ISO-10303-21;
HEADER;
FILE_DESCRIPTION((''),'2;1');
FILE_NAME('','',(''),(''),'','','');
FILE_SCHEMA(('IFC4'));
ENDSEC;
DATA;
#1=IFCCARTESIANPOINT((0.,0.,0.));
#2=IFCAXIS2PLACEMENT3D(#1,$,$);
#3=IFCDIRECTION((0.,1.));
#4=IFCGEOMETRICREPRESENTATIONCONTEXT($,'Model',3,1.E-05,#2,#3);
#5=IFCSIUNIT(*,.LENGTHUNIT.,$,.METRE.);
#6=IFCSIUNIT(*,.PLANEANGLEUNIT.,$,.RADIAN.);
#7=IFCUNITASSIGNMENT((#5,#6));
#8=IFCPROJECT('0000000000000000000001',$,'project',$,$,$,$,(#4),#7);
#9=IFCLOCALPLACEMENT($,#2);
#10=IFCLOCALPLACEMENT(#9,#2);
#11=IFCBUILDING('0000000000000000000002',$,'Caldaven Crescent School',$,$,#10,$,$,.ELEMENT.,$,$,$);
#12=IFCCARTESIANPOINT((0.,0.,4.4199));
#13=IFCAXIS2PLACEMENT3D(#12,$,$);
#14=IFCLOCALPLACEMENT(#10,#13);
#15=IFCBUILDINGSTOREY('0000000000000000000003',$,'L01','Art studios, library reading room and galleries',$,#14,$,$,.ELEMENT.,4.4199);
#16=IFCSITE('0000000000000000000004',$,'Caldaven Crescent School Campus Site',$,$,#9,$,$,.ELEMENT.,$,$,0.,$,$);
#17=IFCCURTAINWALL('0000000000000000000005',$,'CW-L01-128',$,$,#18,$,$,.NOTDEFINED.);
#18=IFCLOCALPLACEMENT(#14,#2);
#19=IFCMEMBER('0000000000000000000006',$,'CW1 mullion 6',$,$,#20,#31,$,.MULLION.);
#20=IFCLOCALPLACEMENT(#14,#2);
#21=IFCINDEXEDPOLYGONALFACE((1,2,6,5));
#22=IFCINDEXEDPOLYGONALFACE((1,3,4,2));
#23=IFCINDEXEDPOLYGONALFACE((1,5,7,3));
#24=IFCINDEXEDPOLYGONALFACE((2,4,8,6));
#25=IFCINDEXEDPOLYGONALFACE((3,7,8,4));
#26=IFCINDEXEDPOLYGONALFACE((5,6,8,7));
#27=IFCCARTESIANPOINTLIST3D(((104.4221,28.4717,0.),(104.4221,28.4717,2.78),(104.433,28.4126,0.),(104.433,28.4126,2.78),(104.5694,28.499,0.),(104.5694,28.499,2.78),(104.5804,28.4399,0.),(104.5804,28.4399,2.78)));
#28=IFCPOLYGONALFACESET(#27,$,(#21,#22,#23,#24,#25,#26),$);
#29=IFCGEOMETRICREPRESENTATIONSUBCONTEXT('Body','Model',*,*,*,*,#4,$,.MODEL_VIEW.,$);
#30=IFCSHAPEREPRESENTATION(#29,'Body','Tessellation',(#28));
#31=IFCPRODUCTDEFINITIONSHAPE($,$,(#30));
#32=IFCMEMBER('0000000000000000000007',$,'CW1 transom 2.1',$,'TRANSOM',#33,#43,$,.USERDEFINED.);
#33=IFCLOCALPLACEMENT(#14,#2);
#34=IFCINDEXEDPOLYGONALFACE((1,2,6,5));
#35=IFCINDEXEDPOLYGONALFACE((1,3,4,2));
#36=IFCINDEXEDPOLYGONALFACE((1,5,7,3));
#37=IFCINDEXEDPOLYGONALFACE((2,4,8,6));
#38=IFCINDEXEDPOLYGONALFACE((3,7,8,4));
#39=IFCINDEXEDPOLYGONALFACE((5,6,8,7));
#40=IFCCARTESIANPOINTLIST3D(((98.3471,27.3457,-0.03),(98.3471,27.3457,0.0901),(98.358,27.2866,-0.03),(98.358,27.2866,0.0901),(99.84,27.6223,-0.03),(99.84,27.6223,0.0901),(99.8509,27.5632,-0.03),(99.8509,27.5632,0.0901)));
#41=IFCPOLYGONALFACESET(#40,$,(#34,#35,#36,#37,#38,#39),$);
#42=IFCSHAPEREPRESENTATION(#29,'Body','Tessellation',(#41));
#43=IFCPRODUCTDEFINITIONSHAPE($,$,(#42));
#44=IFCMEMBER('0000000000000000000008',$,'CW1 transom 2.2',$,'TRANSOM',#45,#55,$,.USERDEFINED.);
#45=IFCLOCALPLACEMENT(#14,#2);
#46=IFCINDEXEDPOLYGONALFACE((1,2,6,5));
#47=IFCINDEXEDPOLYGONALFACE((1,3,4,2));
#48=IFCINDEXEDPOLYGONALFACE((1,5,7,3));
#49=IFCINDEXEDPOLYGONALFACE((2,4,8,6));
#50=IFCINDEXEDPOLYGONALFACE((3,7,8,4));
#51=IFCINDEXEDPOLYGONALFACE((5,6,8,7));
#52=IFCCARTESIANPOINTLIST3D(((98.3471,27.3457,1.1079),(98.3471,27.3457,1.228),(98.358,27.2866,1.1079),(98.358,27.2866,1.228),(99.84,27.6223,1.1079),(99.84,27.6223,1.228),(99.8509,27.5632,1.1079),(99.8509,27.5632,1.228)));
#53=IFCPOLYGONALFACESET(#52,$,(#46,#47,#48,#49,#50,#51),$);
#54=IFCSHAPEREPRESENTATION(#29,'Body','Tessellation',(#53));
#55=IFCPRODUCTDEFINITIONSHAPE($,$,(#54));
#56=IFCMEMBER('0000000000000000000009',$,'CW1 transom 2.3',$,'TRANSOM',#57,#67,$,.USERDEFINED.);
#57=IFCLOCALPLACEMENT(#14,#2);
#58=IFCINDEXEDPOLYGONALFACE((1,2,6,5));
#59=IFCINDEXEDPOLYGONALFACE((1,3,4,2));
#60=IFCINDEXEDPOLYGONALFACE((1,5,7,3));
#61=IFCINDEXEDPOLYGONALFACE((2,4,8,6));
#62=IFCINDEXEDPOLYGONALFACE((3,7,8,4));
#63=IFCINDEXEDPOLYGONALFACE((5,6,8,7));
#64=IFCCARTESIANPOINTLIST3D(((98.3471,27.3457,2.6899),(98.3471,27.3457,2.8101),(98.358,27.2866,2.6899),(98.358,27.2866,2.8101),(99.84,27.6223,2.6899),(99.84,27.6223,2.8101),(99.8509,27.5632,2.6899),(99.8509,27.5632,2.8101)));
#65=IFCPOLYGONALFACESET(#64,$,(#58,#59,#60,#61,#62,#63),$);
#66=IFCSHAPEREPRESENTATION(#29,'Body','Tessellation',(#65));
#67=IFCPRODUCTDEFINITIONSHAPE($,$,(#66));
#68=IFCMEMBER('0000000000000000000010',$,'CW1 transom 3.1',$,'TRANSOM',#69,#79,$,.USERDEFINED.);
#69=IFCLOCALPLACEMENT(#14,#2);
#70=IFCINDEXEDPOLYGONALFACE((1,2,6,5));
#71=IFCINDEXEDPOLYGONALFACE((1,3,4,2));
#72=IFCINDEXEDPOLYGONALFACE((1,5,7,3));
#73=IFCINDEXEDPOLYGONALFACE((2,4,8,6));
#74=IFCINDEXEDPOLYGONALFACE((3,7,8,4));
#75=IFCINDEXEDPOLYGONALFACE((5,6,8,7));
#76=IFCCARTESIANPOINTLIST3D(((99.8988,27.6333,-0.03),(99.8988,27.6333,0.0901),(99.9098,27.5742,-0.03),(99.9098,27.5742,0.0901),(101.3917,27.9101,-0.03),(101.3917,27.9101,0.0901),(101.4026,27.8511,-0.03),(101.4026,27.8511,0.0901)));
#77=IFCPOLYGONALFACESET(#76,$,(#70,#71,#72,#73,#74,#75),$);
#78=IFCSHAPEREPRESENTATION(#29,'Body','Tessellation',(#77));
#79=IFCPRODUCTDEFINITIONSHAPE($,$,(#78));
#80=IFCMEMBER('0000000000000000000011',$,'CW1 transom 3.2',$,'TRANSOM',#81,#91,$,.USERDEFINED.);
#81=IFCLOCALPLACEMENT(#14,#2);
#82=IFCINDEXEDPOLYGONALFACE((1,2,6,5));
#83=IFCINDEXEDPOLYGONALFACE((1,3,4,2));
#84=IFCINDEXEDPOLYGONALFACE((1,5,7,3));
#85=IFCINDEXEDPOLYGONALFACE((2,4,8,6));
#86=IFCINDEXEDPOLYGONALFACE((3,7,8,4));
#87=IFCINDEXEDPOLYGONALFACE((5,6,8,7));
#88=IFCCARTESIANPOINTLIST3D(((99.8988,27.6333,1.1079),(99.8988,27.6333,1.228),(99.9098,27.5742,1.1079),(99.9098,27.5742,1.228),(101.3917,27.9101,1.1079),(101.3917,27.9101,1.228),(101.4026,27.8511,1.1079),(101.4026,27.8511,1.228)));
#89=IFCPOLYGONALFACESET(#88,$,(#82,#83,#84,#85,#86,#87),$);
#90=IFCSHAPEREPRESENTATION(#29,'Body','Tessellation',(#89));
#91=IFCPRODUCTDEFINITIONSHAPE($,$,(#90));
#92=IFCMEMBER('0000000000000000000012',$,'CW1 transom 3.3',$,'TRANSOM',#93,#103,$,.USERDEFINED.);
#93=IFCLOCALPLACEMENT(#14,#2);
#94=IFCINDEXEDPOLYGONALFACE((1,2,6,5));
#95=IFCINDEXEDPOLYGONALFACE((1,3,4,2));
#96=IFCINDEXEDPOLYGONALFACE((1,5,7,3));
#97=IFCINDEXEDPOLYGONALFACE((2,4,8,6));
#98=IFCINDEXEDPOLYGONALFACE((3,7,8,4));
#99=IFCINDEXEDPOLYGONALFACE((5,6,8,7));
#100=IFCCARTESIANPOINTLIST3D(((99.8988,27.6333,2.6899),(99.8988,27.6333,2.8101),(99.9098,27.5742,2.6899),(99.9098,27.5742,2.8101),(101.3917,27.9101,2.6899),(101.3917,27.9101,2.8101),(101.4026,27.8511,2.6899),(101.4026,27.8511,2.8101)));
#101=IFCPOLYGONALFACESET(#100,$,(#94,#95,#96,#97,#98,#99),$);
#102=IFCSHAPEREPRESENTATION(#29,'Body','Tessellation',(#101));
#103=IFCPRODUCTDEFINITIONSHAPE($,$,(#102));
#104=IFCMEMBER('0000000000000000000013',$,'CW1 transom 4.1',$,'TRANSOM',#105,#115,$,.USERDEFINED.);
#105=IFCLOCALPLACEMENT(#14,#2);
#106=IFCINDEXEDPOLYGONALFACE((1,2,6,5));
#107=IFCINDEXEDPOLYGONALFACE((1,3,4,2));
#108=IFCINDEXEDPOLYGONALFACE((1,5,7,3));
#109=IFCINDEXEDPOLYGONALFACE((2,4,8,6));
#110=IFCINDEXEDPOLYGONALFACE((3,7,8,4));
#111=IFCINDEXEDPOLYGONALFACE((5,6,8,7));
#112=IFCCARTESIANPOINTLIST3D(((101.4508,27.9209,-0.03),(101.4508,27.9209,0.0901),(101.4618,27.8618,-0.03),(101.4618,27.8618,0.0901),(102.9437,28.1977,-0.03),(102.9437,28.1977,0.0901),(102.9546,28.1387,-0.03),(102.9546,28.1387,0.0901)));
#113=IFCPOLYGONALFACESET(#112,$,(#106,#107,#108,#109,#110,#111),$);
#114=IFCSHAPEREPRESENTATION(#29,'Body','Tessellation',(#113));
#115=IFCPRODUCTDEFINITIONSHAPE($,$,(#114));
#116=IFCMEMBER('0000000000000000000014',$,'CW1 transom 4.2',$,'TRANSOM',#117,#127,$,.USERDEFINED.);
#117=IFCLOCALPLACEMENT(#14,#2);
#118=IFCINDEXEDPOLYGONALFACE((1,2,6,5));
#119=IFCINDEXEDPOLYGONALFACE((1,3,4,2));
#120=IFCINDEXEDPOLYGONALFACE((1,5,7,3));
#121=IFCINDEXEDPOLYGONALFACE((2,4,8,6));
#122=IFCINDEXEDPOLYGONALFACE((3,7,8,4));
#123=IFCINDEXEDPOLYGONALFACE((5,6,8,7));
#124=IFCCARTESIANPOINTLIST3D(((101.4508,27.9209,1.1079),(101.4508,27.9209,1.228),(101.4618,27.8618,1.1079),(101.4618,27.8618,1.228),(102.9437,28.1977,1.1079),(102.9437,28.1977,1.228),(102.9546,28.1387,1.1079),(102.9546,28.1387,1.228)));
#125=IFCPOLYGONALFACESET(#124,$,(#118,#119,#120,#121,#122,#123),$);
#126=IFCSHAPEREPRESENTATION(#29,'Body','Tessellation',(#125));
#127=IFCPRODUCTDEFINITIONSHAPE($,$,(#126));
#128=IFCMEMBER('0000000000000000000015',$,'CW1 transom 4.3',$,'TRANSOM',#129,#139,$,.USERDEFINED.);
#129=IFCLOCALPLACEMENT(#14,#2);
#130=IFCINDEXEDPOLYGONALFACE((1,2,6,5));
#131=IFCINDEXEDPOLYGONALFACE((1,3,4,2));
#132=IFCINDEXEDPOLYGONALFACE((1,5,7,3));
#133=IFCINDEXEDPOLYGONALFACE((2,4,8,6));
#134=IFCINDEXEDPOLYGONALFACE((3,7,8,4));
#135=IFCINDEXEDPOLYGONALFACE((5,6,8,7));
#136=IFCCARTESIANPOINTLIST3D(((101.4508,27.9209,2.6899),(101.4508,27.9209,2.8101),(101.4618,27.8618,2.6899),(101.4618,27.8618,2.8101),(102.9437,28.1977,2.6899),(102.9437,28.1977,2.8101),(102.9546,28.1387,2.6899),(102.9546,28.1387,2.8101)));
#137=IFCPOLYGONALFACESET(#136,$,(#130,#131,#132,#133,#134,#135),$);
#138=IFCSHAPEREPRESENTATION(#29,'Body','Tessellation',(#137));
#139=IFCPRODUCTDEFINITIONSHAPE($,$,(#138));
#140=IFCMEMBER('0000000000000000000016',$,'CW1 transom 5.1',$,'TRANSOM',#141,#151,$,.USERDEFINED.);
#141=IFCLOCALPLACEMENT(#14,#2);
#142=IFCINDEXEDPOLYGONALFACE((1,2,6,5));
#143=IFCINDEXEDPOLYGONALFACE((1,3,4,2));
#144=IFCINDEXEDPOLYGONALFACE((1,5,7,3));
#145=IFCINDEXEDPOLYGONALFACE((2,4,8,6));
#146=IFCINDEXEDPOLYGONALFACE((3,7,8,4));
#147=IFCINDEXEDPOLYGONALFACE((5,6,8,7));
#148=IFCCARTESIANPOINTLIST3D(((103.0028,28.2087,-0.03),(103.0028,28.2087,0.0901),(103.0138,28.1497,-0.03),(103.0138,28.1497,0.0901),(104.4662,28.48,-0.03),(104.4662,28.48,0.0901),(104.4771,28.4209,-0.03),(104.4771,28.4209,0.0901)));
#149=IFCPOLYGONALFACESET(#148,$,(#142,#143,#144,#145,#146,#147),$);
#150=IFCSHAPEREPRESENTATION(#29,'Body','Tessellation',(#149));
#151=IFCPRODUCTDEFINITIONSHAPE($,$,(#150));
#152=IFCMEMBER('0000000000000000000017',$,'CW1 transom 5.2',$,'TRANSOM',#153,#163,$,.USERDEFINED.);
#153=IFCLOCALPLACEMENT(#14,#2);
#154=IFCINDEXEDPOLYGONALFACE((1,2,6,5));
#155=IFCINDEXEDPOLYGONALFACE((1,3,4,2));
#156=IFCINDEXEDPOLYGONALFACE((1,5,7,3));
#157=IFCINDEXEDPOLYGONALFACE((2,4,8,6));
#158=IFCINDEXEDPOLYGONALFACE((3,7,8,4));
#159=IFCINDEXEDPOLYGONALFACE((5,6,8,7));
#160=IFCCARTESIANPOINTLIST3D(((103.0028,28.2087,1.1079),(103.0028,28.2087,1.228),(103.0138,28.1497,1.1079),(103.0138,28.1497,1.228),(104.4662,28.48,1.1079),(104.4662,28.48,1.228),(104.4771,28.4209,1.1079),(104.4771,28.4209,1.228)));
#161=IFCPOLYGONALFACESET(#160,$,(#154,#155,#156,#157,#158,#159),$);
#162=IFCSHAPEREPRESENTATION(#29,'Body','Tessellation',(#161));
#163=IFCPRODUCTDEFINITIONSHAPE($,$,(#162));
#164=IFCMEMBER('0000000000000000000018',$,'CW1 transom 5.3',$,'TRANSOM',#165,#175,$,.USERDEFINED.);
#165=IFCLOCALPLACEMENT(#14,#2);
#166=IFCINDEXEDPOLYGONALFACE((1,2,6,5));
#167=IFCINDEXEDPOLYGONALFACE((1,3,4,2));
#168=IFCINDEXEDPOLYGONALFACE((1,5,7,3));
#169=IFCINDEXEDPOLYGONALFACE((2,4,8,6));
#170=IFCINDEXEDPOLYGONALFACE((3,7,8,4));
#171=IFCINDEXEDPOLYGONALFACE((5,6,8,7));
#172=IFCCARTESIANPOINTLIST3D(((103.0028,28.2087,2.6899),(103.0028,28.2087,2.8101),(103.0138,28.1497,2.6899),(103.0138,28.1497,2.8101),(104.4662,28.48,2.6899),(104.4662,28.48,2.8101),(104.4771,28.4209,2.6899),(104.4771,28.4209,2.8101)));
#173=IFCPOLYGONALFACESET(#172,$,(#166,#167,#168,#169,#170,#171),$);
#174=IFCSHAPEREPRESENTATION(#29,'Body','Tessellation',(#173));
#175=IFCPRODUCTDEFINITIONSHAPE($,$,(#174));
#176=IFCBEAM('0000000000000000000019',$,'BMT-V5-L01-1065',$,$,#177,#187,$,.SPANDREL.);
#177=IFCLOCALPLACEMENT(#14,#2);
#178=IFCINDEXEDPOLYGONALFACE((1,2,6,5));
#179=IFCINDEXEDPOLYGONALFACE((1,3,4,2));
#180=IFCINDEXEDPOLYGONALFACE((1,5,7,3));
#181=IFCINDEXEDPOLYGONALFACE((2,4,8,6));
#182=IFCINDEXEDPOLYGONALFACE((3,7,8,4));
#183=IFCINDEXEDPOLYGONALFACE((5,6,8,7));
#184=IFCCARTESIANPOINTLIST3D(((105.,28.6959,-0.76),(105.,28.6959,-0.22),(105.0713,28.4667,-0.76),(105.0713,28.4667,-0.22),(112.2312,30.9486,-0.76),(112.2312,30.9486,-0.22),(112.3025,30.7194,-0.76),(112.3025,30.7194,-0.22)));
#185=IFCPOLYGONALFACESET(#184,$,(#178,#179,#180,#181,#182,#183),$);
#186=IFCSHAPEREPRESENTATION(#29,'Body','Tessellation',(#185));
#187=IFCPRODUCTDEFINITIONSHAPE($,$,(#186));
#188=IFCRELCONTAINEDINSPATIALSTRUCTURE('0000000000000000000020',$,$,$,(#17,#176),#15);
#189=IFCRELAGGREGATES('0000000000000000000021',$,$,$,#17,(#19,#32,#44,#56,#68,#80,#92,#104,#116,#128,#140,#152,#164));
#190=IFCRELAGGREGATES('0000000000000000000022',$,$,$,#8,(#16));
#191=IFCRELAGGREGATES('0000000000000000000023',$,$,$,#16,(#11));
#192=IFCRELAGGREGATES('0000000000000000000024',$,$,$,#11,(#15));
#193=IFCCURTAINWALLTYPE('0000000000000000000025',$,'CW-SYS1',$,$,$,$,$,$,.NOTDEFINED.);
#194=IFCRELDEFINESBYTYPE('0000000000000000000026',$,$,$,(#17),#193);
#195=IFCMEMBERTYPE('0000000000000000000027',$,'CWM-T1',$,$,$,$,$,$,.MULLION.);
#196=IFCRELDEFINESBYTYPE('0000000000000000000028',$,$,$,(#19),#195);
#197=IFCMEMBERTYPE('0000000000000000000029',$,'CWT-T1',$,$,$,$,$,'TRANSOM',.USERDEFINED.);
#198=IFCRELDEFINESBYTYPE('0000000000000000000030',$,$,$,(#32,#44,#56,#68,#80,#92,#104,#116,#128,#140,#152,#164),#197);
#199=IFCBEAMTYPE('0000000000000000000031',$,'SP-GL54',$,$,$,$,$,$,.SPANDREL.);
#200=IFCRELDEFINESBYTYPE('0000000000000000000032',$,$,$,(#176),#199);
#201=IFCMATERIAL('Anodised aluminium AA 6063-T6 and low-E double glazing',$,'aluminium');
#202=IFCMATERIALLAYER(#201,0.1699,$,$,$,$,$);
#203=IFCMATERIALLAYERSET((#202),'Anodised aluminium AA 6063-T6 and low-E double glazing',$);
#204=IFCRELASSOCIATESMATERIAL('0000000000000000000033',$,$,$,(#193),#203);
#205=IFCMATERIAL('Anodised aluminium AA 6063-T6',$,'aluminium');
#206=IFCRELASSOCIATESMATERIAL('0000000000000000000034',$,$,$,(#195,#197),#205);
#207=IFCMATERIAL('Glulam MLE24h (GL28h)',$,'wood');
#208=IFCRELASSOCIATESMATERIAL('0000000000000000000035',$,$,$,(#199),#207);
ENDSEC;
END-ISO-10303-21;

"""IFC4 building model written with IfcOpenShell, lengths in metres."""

from ifc_helpers import new_model, si_unit, direction, frame, origin, origin_2d, place, context, subcontext, project, spatial, rectangle, extrude, material, layer, layer_set, material_profile, profile_set, type_object, element, aggregate, save


model = new_model("IFC4")

# Units and contexts
model_context = context("Model", 3, precision=1e-05, world=origin(), true_north=direction((0.0, 1.0)))
body_context = subcontext(model_context, "Body", "Model", "MODEL_VIEW")
ifc_project = project(units=[si_unit("LENGTHUNIT", "METRE"), si_unit("PLANEANGLEUNIT", "RADIAN")], contexts=[model_context])

# Site, building, storey
site_placement = place(None, origin())
site = spatial("IfcSite", under=ifc_project, at=site_placement, Name="Caldaven Crescent School Campus Site", CompositionType="ELEMENT", RefElevation=0.0)
building_placement = place(site_placement, origin())
building = spatial("IfcBuilding", under=site, at=building_placement, Name="Caldaven Crescent School", CompositionType="ELEMENT")
storey_placement = place(building_placement, frame((0.0, 0.0, 4.4199)))
storey = spatial("IfcBuildingStorey", under=building, at=storey_placement, Name="L01", Description="Art studios, library reading room and galleries", CompositionType="ELEMENT", Elevation=4.4199)

# Shared definitions
ifc_material_1 = material(Name="Glulam MLE24h (GL28h)", Category="wood")

# Curtain wall, members
ifc_material_2 = material(Name="Anodised aluminium AA 6063-T6 and low-E double glazing", Category="aluminium")
ifc_layer_1 = layer(ifc_material_2, 0.1699)
ifc_layer_set_1 = layer_set([ifc_layer_1], Name="Anodised aluminium AA 6063-T6 and low-E double glazing")
curtain_wall_type = type_object("IfcCurtainWallType", Name="CW-SYS1", PredefinedType="NOTDEFINED", material=ifc_layer_set_1)
curtain_wall_placement = place(storey_placement, origin())
curtain_wall = element("IfcCurtainWall", 1, at=curtain_wall_placement, inside=storey, type_object=curtain_wall_type, Name="CW-L01-128", PredefinedType="NOTDEFINED")
ifc_material_3 = material(Name="Anodised aluminium AA 6063-T6", Category="aluminium")
ifc_material_profile_1 = material_profile(ifc_material_3, rectangle(XDim=0.0601, YDim=0.1499, at=origin_2d()), Name="CWM 60x150")
ifc_profile_set_1 = profile_set([ifc_material_profile_1], Name="Anodised aluminium AA 6063-T6")
member_type_1 = type_object("IfcMemberType", Name="CWM-T1", PredefinedType="MULLION", material=ifc_profile_set_1)
member_1_placement = place(storey_placement, frame((104.5012, 28.4558, 0.0), z_axis=(0.0, 0.0, 1.0), x_axis=(-0.182235, 0.983255, 0.0)))
member_1 = element("IfcMember", 2, at=member_1_placement, type_object=member_type_1, Name="CW1 mullion 6", PredefinedType="MULLION", context=body_context, shape_type="SweptSolid", body=[
    extrude(rectangle(XDim=0.0601, YDim=0.1499, at=origin_2d()), origin(), (0.0, 0.0, 1.0), 2.78),
])
ifc_material_profile_2 = material_profile(ifc_material_3, rectangle(XDim=0.0601, YDim=0.1201, at=origin_2d()), Name="CWT 60x120")
ifc_profile_set_2 = profile_set([ifc_material_profile_2], Name="Anodised aluminium AA 6063-T6")
member_type_2 = type_object("IfcMemberType", Name="CWT-T1", ElementType="TRANSOM", PredefinedType="USERDEFINED", material=ifc_profile_set_2)
member_2_placement = place(storey_placement, frame((98.3525, 27.3162, 0.03), z_axis=(0.983265, 0.182181, 0.0), x_axis=(-0.182181, 0.983265, 0.0)))
member_2 = element("IfcMember", 3, at=member_2_placement, type_object=member_type_2, Name="CW1 transom 2.1", ObjectType="TRANSOM", PredefinedType="USERDEFINED", context=body_context, shape_type="SweptSolid", body=[
    extrude(rectangle(XDim=0.0601, YDim=0.1201, at=origin_2d()), origin(), (0.0, 0.0, 1.0), 1.5183),
])
member_3_placement = place(storey_placement, frame((98.3525, 27.3162, 1.168), z_axis=(0.983265, 0.182181, 0.0), x_axis=(-0.182181, 0.983265, 0.0)))
member_3 = element("IfcMember", 4, at=member_3_placement, type_object=member_type_2, Name="CW1 transom 2.2", ObjectType="TRANSOM", PredefinedType="USERDEFINED", context=body_context, shape_type="SweptSolid", body=[
    extrude(rectangle(XDim=0.0601, YDim=0.1201, at=origin_2d()), origin(), (0.0, 0.0, 1.0), 1.5183),
])
member_4_placement = place(storey_placement, frame((98.3525, 27.3162, 2.75), z_axis=(0.983265, 0.182181, 0.0), x_axis=(-0.182181, 0.983265, 0.0)))
member_4 = element("IfcMember", 5, at=member_4_placement, type_object=member_type_2, Name="CW1 transom 2.3", ObjectType="TRANSOM", PredefinedType="USERDEFINED", context=body_context, shape_type="SweptSolid", body=[
    extrude(rectangle(XDim=0.0601, YDim=0.1201, at=origin_2d()), origin(), (0.0, 0.0, 1.0), 1.5183),
])
member_5_placement = place(storey_placement, frame((99.9043, 27.6038, 0.03), z_axis=(0.983236, 0.182337, 0.0), x_axis=(-0.182337, 0.983236, 0.0)))
member_5 = element("IfcMember", 6, at=member_5_placement, type_object=member_type_2, Name="CW1 transom 3.1", ObjectType="TRANSOM", PredefinedType="USERDEFINED", context=body_context, shape_type="SweptSolid", body=[
    extrude(rectangle(XDim=0.0601, YDim=0.1201, at=origin_2d()), origin(), (0.0, 0.0, 1.0), 1.5183),
])
member_6_placement = place(storey_placement, frame((99.9043, 27.6038, 1.168), z_axis=(0.983236, 0.182337, 0.0), x_axis=(-0.182337, 0.983236, 0.0)))
member_6 = element("IfcMember", 7, at=member_6_placement, type_object=member_type_2, Name="CW1 transom 3.2", ObjectType="TRANSOM", PredefinedType="USERDEFINED", context=body_context, shape_type="SweptSolid", body=[
    extrude(rectangle(XDim=0.0601, YDim=0.1201, at=origin_2d()), origin(), (0.0, 0.0, 1.0), 1.5183),
])
member_7_placement = place(storey_placement, frame((99.9043, 27.6038, 2.75), z_axis=(0.983236, 0.182337, 0.0), x_axis=(-0.182337, 0.983236, 0.0)))
member_7 = element("IfcMember", 8, at=member_7_placement, type_object=member_type_2, Name="CW1 transom 3.3", ObjectType="TRANSOM", PredefinedType="USERDEFINED", context=body_context, shape_type="SweptSolid", body=[
    extrude(rectangle(XDim=0.0601, YDim=0.1201, at=origin_2d()), origin(), (0.0, 0.0, 1.0), 1.5183),
])
member_8_placement = place(storey_placement, frame((101.4563, 27.8914, 0.03), z_axis=(0.983236, 0.182337, 0.0), x_axis=(-0.182337, 0.983236, 0.0)))
member_8 = element("IfcMember", 9, at=member_8_placement, type_object=member_type_2, Name="CW1 transom 4.1", ObjectType="TRANSOM", PredefinedType="USERDEFINED", context=body_context, shape_type="SweptSolid", body=[
    extrude(rectangle(XDim=0.0601, YDim=0.1201, at=origin_2d()), origin(), (0.0, 0.0, 1.0), 1.5183),
])
member_9_placement = place(storey_placement, frame((101.4563, 27.8914, 1.168), z_axis=(0.983236, 0.182337, 0.0), x_axis=(-0.182337, 0.983236, 0.0)))
member_9 = element("IfcMember", 10, at=member_9_placement, type_object=member_type_2, Name="CW1 transom 4.2", ObjectType="TRANSOM", PredefinedType="USERDEFINED", context=body_context, shape_type="SweptSolid", body=[
    extrude(rectangle(XDim=0.0601, YDim=0.1201, at=origin_2d()), origin(), (0.0, 0.0, 1.0), 1.5183),
])
member_10_placement = place(storey_placement, frame((101.4563, 27.8914, 2.75), z_axis=(0.983236, 0.182337, 0.0), x_axis=(-0.182337, 0.983236, 0.0)))
member_10 = element("IfcMember", 11, at=member_10_placement, type_object=member_type_2, Name="CW1 transom 4.3", ObjectType="TRANSOM", PredefinedType="USERDEFINED", context=body_context, shape_type="SweptSolid", body=[
    extrude(rectangle(XDim=0.0601, YDim=0.1201, at=origin_2d()), origin(), (0.0, 0.0, 1.0), 1.5183),
])
member_11_placement = place(storey_placement, frame((103.0083, 28.1792, 0.03), z_axis=(0.983253, 0.182248, 0.0), x_axis=(-0.182248, 0.983253, 0.0)))
member_11 = element("IfcMember", 12, at=member_11_placement, type_object=member_type_2, Name="CW1 transom 5.1", ObjectType="TRANSOM", PredefinedType="USERDEFINED", context=body_context, shape_type="SweptSolid", body=[
    extrude(rectangle(XDim=0.0601, YDim=0.1201, at=origin_2d()), origin(), (0.0, 0.0, 1.0), 1.4883),
])
member_12_placement = place(storey_placement, frame((103.0083, 28.1792, 1.168), z_axis=(0.983253, 0.182248, 0.0), x_axis=(-0.182248, 0.983253, 0.0)))
member_12 = element("IfcMember", 13, at=member_12_placement, type_object=member_type_2, Name="CW1 transom 5.2", ObjectType="TRANSOM", PredefinedType="USERDEFINED", context=body_context, shape_type="SweptSolid", body=[
    extrude(rectangle(XDim=0.0601, YDim=0.1201, at=origin_2d()), origin(), (0.0, 0.0, 1.0), 1.4883),
])
member_13_placement = place(storey_placement, frame((103.0083, 28.1792, 2.75), z_axis=(0.983253, 0.182248, 0.0), x_axis=(-0.182248, 0.983253, 0.0)))
member_13 = element("IfcMember", 14, at=member_13_placement, type_object=member_type_2, Name="CW1 transom 5.3", ObjectType="TRANSOM", PredefinedType="USERDEFINED", context=body_context, shape_type="SweptSolid", body=[
    extrude(rectangle(XDim=0.0601, YDim=0.1201, at=origin_2d()), origin(), (0.0, 0.0, 1.0), 1.4883),
])

# Beam
ifc_material_profile_3 = material_profile(ifc_material_1, rectangle(XDim=0.24, YDim=0.54, at=origin_2d()), Name="MLE 240x540")
ifc_profile_set_3 = profile_set([ifc_material_profile_3], Name="Glulam MLE24h (GL28h)")
beam_type_1 = type_object("IfcBeamType", Name="SP-GL54", PredefinedType="SPANDREL", material=ifc_profile_set_3)
beam_1_placement = place(storey_placement, frame((105.0356, 28.5813, -0.49), z_axis=(0.954745, 0.297425, 0.0), x_axis=(-0.297425, 0.954745, 0.0)))
element("IfcBeam", 15, at=beam_1_placement, inside=storey, type_object=beam_type_1, Name="BMT-V5-L01-1065", PredefinedType="SPANDREL", context=body_context, shape_type="SweptSolid", body=[
    extrude(rectangle(XDim=0.24, YDim=0.54, at=origin_2d()), origin(), (0.0, 0.0, 1.0), 7.574),
])

aggregate(curtain_wall, [member_1, member_2, member_3, member_4, member_5, member_6, member_7, member_8, member_9, member_10, member_11, member_12, member_13])

save(model, "model.ifc")
